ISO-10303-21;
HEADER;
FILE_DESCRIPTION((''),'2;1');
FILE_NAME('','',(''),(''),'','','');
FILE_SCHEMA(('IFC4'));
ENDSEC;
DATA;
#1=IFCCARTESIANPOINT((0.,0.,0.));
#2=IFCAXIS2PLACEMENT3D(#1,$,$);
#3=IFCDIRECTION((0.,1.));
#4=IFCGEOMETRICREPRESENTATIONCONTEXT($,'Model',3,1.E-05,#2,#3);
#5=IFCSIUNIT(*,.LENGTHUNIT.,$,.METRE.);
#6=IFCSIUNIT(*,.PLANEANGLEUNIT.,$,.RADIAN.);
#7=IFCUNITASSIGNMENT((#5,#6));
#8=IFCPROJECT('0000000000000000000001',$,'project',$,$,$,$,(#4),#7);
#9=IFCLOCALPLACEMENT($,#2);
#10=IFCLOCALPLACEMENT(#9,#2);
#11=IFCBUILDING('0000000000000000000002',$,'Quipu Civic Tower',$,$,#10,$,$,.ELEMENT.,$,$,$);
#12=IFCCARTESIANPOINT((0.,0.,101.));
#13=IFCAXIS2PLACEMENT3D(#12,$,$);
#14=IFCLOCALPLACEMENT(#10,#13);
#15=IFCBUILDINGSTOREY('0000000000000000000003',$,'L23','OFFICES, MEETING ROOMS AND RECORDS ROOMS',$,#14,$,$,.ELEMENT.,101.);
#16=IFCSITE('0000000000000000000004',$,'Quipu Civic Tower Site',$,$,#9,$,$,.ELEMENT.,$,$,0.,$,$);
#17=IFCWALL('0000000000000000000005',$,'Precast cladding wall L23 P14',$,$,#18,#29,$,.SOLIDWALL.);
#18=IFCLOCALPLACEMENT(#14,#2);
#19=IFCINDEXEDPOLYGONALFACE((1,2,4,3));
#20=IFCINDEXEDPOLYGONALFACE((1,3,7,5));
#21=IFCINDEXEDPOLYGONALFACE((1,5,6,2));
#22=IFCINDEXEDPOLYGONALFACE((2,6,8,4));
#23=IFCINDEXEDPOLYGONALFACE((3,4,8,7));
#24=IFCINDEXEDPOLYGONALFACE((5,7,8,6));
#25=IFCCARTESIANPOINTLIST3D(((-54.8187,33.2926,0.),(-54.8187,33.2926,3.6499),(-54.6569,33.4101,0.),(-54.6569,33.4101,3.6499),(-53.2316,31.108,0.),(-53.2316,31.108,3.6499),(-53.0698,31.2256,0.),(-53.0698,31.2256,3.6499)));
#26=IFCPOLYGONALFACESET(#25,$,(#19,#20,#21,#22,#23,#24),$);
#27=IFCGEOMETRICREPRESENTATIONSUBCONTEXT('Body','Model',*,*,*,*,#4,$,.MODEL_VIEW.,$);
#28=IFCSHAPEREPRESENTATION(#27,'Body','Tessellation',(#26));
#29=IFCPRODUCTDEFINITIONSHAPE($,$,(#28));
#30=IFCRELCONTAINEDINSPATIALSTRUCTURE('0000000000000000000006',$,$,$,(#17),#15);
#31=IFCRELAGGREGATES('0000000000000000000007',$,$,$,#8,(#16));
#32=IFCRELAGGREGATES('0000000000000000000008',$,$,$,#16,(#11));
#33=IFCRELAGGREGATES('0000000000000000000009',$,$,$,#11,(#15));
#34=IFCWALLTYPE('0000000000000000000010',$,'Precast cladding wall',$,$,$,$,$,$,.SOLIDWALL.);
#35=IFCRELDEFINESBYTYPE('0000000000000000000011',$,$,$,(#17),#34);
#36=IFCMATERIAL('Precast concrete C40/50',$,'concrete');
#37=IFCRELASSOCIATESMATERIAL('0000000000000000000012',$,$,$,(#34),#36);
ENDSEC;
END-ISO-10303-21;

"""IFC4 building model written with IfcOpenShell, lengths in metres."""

from ifc_helpers import new_model, si_unit, direction, frame, frame_2d, origin, place, context, subcontext, project, spatial, rectangle, extrude, material, type_object, element, save


model = new_model("IFC4")

# Units and contexts
model_context = context("Model", 3, precision=1e-05, world=origin(), true_north=direction((0.0, 1.0)))
body_context = subcontext(model_context, "Body", "Model", "MODEL_VIEW")
ifc_project = project(units=[si_unit("LENGTHUNIT", "METRE"), si_unit("PLANEANGLEUNIT", "RADIAN")], contexts=[model_context])

# Site, building, storey
site_placement = place(None, origin())
site = spatial("IfcSite", under=ifc_project, at=site_placement, Name="Quipu Civic Tower Site", CompositionType="ELEMENT", RefElevation=0.0)
building_placement = place(site_placement, origin())
building = spatial("IfcBuilding", under=site, at=building_placement, Name="Quipu Civic Tower", CompositionType="ELEMENT")
storey_placement = place(building_placement, frame((0.0, 0.0, 101.0)))
storey = spatial("IfcBuildingStorey", under=building, at=storey_placement, Name="L23", Description="OFFICES, MEETING ROOMS AND RECORDS ROOMS", CompositionType="ELEMENT", Elevation=101.0)

# Wall
ifc_material_1 = material(Name="Precast concrete C40/50", Category="concrete")
wall_type_1 = type_object("IfcWallType", Name="Precast cladding wall", PredefinedType="SOLIDWALL", material=ifc_material_1)
wall_1_placement = place(storey_placement, frame((-54.7378, 33.3513, 0.0), z_axis=(0.0, 0.0, 1.0), x_axis=(0.587779, -0.809021, 0.0)))
element("IfcWall", 1, at=wall_1_placement, inside=storey, type_object=wall_type_1, Name="Precast cladding wall L23 P14", PredefinedType="SOLIDWALL", context=body_context, shape_type="SweptSolid", body=[
    extrude(rectangle(XDim=2.7002, YDim=0.2, at=frame_2d((1.3501, 0.0))), origin(), (0.0, 0.0, 1.0), 3.6499),
])

save(model, "model.ifc")
